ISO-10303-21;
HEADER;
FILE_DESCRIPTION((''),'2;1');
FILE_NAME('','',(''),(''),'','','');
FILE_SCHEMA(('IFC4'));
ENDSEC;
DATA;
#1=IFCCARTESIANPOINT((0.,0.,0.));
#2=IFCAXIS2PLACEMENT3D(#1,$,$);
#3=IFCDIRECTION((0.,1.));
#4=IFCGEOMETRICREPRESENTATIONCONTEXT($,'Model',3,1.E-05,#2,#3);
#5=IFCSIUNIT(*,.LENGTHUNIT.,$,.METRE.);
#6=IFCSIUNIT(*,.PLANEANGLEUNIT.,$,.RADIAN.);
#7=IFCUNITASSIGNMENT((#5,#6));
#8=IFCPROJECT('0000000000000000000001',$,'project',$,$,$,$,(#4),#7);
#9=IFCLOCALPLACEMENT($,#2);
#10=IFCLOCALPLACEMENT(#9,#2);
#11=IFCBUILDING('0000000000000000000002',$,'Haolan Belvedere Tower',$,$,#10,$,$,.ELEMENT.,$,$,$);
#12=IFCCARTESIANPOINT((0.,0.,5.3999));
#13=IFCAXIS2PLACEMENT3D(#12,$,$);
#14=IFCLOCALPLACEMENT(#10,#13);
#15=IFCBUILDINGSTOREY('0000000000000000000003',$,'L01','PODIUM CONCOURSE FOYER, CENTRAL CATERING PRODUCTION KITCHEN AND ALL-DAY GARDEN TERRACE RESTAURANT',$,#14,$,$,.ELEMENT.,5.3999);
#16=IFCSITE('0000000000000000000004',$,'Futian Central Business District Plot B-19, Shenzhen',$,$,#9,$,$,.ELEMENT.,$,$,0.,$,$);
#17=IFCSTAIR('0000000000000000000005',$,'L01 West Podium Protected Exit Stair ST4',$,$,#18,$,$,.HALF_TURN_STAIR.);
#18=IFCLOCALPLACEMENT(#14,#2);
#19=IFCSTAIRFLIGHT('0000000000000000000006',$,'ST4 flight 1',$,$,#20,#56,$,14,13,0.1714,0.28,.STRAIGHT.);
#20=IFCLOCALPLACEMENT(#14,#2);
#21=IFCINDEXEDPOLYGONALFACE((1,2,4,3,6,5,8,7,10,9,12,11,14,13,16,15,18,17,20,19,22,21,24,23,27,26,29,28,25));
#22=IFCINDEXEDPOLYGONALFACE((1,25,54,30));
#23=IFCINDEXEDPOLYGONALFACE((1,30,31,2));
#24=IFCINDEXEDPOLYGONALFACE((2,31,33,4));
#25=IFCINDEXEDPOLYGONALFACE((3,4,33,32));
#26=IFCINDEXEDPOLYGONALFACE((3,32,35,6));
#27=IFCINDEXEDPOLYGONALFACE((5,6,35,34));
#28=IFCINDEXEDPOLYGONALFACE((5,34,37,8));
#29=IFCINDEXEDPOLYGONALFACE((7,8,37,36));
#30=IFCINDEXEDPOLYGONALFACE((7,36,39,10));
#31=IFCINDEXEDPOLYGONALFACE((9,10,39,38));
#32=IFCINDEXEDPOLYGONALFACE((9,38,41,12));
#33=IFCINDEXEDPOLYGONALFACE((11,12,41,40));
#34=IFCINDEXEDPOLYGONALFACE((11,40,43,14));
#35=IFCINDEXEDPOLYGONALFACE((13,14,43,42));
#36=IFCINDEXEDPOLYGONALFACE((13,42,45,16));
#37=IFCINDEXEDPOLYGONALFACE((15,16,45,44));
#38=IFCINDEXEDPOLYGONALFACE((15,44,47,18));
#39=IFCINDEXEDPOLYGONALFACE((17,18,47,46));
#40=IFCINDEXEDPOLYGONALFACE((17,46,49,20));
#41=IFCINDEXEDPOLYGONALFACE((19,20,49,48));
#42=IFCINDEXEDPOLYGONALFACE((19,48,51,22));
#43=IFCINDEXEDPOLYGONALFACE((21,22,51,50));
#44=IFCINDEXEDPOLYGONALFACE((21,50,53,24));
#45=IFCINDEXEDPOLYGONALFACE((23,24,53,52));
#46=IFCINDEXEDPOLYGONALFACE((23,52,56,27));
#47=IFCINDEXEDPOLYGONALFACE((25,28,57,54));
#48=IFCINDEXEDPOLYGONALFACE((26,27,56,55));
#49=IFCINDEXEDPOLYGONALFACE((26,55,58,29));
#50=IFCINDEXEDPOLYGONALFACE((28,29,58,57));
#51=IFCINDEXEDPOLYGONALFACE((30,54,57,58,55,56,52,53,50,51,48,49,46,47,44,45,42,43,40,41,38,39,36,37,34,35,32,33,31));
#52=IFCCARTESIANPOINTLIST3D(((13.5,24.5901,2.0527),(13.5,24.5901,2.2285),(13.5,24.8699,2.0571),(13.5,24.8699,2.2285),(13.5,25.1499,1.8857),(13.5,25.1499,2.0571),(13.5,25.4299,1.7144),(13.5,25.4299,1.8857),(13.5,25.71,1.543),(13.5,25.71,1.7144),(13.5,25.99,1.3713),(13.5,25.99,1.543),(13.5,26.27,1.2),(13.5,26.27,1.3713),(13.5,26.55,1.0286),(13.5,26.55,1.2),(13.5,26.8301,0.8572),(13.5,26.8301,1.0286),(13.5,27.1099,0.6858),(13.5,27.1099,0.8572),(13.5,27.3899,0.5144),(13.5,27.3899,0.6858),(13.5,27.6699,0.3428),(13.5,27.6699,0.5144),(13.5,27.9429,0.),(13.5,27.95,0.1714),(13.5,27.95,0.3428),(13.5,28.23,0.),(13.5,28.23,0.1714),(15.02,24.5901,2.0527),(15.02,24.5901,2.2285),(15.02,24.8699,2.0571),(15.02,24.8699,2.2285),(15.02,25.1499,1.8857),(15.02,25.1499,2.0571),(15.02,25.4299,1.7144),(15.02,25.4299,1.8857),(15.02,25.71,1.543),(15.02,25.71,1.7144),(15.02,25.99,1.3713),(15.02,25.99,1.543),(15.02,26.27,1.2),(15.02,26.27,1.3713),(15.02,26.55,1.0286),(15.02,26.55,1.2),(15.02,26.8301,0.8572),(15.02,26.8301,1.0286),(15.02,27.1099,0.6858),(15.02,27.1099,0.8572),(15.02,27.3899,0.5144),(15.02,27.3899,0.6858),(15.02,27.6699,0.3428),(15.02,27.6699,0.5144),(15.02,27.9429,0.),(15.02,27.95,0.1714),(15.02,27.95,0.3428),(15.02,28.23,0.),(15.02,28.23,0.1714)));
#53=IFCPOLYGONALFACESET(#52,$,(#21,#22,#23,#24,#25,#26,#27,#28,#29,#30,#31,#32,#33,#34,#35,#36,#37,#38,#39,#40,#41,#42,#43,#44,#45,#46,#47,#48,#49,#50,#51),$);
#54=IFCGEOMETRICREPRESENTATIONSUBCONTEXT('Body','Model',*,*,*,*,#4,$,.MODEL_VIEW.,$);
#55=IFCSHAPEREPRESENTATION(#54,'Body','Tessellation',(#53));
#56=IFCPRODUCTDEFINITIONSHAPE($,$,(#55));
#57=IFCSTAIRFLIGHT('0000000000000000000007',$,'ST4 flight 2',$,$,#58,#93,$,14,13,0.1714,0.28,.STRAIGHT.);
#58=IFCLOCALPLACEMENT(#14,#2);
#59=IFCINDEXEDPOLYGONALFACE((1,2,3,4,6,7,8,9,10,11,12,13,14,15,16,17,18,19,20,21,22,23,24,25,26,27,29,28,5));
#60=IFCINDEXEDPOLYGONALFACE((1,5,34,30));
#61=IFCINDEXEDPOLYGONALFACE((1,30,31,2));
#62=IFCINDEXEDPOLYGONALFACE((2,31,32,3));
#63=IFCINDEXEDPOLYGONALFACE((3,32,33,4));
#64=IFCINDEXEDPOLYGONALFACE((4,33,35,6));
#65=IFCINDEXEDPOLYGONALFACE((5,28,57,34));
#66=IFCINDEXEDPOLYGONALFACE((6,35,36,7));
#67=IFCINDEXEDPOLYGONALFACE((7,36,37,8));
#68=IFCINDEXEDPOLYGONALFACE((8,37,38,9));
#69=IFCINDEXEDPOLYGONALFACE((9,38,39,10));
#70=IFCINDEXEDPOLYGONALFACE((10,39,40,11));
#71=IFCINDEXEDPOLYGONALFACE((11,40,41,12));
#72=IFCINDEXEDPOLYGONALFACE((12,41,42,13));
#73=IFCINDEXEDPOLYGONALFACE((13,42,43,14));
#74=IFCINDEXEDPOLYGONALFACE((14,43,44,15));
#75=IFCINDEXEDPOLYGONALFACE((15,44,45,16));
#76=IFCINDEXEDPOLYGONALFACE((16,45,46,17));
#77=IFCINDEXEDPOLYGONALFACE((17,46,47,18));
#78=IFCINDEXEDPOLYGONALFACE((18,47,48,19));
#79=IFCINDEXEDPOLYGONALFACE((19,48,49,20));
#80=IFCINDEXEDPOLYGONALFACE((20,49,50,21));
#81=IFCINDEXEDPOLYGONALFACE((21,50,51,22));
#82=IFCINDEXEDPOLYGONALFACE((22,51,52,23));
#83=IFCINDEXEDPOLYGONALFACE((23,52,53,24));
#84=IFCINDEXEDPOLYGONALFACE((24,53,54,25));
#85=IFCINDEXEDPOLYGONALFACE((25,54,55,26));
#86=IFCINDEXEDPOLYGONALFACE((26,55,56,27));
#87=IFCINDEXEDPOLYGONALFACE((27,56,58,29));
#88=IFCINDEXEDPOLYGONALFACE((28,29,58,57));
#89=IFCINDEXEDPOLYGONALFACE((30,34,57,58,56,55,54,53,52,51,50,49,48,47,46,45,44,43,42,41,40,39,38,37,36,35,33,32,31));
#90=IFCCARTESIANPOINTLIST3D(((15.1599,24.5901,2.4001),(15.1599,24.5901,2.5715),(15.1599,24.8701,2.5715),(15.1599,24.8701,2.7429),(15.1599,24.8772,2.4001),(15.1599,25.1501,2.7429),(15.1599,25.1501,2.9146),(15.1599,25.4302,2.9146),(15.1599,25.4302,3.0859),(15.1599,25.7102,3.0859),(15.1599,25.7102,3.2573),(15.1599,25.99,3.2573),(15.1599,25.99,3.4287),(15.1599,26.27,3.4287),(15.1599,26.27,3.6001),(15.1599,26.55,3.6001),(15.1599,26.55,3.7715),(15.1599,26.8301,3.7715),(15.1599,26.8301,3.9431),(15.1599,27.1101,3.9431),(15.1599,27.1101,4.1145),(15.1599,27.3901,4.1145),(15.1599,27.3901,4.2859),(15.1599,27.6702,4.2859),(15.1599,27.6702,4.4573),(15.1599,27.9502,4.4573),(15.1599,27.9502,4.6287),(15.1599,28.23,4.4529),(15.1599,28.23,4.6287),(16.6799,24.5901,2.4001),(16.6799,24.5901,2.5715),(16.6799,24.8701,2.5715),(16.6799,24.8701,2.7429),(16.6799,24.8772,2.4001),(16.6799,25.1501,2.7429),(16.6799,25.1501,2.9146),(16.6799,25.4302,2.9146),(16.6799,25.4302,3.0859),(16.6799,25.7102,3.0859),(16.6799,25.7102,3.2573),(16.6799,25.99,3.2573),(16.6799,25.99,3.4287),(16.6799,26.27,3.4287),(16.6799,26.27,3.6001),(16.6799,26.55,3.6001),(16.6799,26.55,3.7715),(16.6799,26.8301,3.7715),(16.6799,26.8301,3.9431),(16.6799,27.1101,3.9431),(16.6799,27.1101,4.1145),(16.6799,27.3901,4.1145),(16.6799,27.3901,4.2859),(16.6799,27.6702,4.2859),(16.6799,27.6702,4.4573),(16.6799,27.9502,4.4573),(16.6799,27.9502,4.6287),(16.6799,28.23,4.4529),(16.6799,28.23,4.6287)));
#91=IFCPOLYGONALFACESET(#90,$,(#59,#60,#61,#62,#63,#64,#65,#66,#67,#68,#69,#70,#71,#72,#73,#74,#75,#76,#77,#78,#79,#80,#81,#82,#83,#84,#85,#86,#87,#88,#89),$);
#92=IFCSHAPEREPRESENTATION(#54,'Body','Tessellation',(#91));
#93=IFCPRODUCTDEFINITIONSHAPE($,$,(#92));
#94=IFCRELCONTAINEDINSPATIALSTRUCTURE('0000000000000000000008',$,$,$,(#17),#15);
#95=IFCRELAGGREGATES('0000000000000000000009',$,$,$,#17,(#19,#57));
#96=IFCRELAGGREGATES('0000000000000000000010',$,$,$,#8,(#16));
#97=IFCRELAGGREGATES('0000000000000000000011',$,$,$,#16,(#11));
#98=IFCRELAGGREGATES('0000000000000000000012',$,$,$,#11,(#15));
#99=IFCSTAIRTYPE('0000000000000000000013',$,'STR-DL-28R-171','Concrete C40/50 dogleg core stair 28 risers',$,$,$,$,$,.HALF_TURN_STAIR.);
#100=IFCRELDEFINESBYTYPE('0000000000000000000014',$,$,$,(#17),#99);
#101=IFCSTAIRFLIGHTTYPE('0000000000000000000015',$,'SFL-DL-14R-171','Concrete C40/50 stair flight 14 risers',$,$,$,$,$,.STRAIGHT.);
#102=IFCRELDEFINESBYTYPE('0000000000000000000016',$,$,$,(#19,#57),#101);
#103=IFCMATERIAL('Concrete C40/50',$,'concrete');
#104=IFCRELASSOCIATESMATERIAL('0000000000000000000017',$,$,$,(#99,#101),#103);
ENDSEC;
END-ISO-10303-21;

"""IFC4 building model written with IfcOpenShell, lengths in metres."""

from ifc_helpers import new_model, si_unit, direction, frame, origin, place, context, subcontext, project, spatial, polyline, outline, extrude, material, type_object, element, aggregate, save


model = new_model("IFC4")

# Units and contexts
model_context = context("Model", 3, precision=1e-05, world=origin(), true_north=direction((0.0, 1.0)))
body_context = subcontext(model_context, "Body", "Model", "MODEL_VIEW")
ifc_project = project(units=[si_unit("LENGTHUNIT", "METRE"), si_unit("PLANEANGLEUNIT", "RADIAN")], contexts=[model_context])

# Site, building, storey
site_placement = place(None, origin())
site = spatial("IfcSite", under=ifc_project, at=site_placement, Name="Futian Central Business District Plot B-19, Shenzhen", CompositionType="ELEMENT", RefElevation=0.0)
building_placement = place(site_placement, origin())
building = spatial("IfcBuilding", under=site, at=building_placement, Name="Haolan Belvedere Tower", CompositionType="ELEMENT")
storey_placement = place(building_placement, frame((0.0, 0.0, 5.3999)))
storey = spatial("IfcBuildingStorey", under=building, at=storey_placement, Name="L01", Description="PODIUM CONCOURSE FOYER, CENTRAL CATERING PRODUCTION KITCHEN AND ALL-DAY GARDEN TERRACE RESTAURANT", CompositionType="ELEMENT", Elevation=5.3999)

# Stair, stair flights
ifc_material_1 = material(Name="Concrete C40/50", Category="concrete")
stair_type = type_object("IfcStairType", Name="STR-DL-28R-171", Description="Concrete C40/50 dogleg core stair 28 risers", PredefinedType="HALF_TURN_STAIR", material=ifc_material_1)
stair_placement = place(storey_placement, origin())
stair = element("IfcStair", 1, at=stair_placement, inside=storey, type_object=stair_type, Name="L01 West Podium Protected Exit Stair ST4", PredefinedType="HALF_TURN_STAIR")
stair_flight_type = type_object("IfcStairFlightType", Name="SFL-DL-14R-171", Description="Concrete C40/50 stair flight 14 risers", PredefinedType="STRAIGHT", material=ifc_material_1)
stair_flight_1_placement = place(storey_placement, frame((14.26, 28.23, 0.0), z_axis=(0.0, 0.0, 1.0), x_axis=(0.0, -1.0, 0.0)))
stair_flight_1 = element("IfcStairFlight", 2, at=stair_flight_1_placement, type_object=stair_flight_type, Name="ST4 flight 1", NumberOfRisers=14, NumberOfTreads=13, PredefinedType="STRAIGHT", RiserHeight=0.1714, TreadLength=0.28, context=body_context, shape_type="SweptSolid", body=[
    extrude(outline(polyline([(0.0, 0.0), (0.0, 0.1714), (0.28, 0.1714), (0.28, 0.3428), (0.5601, 0.3428), (0.5601, 0.5144), (0.8401, 0.5144), (0.8401, 0.6858), (1.1201, 0.6858), (1.1201, 0.8572), (1.3999, 0.8572), (1.3999, 1.0286), (1.6799, 1.0286), (1.6799, 1.2), (1.96, 1.2), (1.96, 1.3713), (2.24, 1.3713), (2.24, 1.543), (2.52, 1.543), (2.52, 1.7144), (2.8, 1.7144), (2.8, 1.8857), (3.0801, 1.8857), (3.0801, 2.0571), (3.3601, 2.0571), (3.3601, 2.2285), (3.6399, 2.2285), (3.6399, 2.3999), (3.6399, 2.0527), (0.2871, 0.0), (0.0, 0.0)])), frame((0.0, 0.76, 0.0), z_axis=(0.0, -1.0, 0.0), x_axis=(1.0, 0.0, 0.0)), (0.0, 0.0, 1.0), 1.52),
])
stair_flight_2_placement = place(storey_placement, frame((15.9199, 24.5901, 2.4001), z_axis=(0.0, 0.0, 1.0), x_axis=(0.0, 1.0, 0.0)))
stair_flight_2 = element("IfcStairFlight", 3, at=stair_flight_2_placement, type_object=stair_flight_type, Name="ST4 flight 2", NumberOfRisers=14, NumberOfTreads=13, PredefinedType="STRAIGHT", RiserHeight=0.1714, TreadLength=0.28, context=body_context, shape_type="SweptSolid", body=[
    extrude(outline(polyline([(0.0, 0.0), (0.0, 0.1714), (0.28, 0.1714), (0.28, 0.3428), (0.5601, 0.3428), (0.5601, 0.5144), (0.8401, 0.5144), (0.8401, 0.6858), (1.1201, 0.6858), (1.1201, 0.8572), (1.3999, 0.8572), (1.3999, 1.0286), (1.6799, 1.0286), (1.6799, 1.2), (1.96, 1.2), (1.96, 1.3713), (2.24, 1.3713), (2.24, 1.543), (2.52, 1.543), (2.52, 1.7144), (2.8, 1.7144), (2.8, 1.8857), (3.0801, 1.8857), (3.0801, 2.0571), (3.3601, 2.0571), (3.3601, 2.2285), (3.6399, 2.2285), (3.6399, 2.3999), (3.6399, 2.0527), (0.2871, 0.0), (0.0, 0.0)])), frame((0.0, 0.76, 0.0), z_axis=(0.0, -1.0, 0.0), x_axis=(1.0, 0.0, 0.0)), (0.0, 0.0, 1.0), 1.52),
])
aggregate(stair, [stair_flight_1, stair_flight_2])

save(model, "model.ifc")
